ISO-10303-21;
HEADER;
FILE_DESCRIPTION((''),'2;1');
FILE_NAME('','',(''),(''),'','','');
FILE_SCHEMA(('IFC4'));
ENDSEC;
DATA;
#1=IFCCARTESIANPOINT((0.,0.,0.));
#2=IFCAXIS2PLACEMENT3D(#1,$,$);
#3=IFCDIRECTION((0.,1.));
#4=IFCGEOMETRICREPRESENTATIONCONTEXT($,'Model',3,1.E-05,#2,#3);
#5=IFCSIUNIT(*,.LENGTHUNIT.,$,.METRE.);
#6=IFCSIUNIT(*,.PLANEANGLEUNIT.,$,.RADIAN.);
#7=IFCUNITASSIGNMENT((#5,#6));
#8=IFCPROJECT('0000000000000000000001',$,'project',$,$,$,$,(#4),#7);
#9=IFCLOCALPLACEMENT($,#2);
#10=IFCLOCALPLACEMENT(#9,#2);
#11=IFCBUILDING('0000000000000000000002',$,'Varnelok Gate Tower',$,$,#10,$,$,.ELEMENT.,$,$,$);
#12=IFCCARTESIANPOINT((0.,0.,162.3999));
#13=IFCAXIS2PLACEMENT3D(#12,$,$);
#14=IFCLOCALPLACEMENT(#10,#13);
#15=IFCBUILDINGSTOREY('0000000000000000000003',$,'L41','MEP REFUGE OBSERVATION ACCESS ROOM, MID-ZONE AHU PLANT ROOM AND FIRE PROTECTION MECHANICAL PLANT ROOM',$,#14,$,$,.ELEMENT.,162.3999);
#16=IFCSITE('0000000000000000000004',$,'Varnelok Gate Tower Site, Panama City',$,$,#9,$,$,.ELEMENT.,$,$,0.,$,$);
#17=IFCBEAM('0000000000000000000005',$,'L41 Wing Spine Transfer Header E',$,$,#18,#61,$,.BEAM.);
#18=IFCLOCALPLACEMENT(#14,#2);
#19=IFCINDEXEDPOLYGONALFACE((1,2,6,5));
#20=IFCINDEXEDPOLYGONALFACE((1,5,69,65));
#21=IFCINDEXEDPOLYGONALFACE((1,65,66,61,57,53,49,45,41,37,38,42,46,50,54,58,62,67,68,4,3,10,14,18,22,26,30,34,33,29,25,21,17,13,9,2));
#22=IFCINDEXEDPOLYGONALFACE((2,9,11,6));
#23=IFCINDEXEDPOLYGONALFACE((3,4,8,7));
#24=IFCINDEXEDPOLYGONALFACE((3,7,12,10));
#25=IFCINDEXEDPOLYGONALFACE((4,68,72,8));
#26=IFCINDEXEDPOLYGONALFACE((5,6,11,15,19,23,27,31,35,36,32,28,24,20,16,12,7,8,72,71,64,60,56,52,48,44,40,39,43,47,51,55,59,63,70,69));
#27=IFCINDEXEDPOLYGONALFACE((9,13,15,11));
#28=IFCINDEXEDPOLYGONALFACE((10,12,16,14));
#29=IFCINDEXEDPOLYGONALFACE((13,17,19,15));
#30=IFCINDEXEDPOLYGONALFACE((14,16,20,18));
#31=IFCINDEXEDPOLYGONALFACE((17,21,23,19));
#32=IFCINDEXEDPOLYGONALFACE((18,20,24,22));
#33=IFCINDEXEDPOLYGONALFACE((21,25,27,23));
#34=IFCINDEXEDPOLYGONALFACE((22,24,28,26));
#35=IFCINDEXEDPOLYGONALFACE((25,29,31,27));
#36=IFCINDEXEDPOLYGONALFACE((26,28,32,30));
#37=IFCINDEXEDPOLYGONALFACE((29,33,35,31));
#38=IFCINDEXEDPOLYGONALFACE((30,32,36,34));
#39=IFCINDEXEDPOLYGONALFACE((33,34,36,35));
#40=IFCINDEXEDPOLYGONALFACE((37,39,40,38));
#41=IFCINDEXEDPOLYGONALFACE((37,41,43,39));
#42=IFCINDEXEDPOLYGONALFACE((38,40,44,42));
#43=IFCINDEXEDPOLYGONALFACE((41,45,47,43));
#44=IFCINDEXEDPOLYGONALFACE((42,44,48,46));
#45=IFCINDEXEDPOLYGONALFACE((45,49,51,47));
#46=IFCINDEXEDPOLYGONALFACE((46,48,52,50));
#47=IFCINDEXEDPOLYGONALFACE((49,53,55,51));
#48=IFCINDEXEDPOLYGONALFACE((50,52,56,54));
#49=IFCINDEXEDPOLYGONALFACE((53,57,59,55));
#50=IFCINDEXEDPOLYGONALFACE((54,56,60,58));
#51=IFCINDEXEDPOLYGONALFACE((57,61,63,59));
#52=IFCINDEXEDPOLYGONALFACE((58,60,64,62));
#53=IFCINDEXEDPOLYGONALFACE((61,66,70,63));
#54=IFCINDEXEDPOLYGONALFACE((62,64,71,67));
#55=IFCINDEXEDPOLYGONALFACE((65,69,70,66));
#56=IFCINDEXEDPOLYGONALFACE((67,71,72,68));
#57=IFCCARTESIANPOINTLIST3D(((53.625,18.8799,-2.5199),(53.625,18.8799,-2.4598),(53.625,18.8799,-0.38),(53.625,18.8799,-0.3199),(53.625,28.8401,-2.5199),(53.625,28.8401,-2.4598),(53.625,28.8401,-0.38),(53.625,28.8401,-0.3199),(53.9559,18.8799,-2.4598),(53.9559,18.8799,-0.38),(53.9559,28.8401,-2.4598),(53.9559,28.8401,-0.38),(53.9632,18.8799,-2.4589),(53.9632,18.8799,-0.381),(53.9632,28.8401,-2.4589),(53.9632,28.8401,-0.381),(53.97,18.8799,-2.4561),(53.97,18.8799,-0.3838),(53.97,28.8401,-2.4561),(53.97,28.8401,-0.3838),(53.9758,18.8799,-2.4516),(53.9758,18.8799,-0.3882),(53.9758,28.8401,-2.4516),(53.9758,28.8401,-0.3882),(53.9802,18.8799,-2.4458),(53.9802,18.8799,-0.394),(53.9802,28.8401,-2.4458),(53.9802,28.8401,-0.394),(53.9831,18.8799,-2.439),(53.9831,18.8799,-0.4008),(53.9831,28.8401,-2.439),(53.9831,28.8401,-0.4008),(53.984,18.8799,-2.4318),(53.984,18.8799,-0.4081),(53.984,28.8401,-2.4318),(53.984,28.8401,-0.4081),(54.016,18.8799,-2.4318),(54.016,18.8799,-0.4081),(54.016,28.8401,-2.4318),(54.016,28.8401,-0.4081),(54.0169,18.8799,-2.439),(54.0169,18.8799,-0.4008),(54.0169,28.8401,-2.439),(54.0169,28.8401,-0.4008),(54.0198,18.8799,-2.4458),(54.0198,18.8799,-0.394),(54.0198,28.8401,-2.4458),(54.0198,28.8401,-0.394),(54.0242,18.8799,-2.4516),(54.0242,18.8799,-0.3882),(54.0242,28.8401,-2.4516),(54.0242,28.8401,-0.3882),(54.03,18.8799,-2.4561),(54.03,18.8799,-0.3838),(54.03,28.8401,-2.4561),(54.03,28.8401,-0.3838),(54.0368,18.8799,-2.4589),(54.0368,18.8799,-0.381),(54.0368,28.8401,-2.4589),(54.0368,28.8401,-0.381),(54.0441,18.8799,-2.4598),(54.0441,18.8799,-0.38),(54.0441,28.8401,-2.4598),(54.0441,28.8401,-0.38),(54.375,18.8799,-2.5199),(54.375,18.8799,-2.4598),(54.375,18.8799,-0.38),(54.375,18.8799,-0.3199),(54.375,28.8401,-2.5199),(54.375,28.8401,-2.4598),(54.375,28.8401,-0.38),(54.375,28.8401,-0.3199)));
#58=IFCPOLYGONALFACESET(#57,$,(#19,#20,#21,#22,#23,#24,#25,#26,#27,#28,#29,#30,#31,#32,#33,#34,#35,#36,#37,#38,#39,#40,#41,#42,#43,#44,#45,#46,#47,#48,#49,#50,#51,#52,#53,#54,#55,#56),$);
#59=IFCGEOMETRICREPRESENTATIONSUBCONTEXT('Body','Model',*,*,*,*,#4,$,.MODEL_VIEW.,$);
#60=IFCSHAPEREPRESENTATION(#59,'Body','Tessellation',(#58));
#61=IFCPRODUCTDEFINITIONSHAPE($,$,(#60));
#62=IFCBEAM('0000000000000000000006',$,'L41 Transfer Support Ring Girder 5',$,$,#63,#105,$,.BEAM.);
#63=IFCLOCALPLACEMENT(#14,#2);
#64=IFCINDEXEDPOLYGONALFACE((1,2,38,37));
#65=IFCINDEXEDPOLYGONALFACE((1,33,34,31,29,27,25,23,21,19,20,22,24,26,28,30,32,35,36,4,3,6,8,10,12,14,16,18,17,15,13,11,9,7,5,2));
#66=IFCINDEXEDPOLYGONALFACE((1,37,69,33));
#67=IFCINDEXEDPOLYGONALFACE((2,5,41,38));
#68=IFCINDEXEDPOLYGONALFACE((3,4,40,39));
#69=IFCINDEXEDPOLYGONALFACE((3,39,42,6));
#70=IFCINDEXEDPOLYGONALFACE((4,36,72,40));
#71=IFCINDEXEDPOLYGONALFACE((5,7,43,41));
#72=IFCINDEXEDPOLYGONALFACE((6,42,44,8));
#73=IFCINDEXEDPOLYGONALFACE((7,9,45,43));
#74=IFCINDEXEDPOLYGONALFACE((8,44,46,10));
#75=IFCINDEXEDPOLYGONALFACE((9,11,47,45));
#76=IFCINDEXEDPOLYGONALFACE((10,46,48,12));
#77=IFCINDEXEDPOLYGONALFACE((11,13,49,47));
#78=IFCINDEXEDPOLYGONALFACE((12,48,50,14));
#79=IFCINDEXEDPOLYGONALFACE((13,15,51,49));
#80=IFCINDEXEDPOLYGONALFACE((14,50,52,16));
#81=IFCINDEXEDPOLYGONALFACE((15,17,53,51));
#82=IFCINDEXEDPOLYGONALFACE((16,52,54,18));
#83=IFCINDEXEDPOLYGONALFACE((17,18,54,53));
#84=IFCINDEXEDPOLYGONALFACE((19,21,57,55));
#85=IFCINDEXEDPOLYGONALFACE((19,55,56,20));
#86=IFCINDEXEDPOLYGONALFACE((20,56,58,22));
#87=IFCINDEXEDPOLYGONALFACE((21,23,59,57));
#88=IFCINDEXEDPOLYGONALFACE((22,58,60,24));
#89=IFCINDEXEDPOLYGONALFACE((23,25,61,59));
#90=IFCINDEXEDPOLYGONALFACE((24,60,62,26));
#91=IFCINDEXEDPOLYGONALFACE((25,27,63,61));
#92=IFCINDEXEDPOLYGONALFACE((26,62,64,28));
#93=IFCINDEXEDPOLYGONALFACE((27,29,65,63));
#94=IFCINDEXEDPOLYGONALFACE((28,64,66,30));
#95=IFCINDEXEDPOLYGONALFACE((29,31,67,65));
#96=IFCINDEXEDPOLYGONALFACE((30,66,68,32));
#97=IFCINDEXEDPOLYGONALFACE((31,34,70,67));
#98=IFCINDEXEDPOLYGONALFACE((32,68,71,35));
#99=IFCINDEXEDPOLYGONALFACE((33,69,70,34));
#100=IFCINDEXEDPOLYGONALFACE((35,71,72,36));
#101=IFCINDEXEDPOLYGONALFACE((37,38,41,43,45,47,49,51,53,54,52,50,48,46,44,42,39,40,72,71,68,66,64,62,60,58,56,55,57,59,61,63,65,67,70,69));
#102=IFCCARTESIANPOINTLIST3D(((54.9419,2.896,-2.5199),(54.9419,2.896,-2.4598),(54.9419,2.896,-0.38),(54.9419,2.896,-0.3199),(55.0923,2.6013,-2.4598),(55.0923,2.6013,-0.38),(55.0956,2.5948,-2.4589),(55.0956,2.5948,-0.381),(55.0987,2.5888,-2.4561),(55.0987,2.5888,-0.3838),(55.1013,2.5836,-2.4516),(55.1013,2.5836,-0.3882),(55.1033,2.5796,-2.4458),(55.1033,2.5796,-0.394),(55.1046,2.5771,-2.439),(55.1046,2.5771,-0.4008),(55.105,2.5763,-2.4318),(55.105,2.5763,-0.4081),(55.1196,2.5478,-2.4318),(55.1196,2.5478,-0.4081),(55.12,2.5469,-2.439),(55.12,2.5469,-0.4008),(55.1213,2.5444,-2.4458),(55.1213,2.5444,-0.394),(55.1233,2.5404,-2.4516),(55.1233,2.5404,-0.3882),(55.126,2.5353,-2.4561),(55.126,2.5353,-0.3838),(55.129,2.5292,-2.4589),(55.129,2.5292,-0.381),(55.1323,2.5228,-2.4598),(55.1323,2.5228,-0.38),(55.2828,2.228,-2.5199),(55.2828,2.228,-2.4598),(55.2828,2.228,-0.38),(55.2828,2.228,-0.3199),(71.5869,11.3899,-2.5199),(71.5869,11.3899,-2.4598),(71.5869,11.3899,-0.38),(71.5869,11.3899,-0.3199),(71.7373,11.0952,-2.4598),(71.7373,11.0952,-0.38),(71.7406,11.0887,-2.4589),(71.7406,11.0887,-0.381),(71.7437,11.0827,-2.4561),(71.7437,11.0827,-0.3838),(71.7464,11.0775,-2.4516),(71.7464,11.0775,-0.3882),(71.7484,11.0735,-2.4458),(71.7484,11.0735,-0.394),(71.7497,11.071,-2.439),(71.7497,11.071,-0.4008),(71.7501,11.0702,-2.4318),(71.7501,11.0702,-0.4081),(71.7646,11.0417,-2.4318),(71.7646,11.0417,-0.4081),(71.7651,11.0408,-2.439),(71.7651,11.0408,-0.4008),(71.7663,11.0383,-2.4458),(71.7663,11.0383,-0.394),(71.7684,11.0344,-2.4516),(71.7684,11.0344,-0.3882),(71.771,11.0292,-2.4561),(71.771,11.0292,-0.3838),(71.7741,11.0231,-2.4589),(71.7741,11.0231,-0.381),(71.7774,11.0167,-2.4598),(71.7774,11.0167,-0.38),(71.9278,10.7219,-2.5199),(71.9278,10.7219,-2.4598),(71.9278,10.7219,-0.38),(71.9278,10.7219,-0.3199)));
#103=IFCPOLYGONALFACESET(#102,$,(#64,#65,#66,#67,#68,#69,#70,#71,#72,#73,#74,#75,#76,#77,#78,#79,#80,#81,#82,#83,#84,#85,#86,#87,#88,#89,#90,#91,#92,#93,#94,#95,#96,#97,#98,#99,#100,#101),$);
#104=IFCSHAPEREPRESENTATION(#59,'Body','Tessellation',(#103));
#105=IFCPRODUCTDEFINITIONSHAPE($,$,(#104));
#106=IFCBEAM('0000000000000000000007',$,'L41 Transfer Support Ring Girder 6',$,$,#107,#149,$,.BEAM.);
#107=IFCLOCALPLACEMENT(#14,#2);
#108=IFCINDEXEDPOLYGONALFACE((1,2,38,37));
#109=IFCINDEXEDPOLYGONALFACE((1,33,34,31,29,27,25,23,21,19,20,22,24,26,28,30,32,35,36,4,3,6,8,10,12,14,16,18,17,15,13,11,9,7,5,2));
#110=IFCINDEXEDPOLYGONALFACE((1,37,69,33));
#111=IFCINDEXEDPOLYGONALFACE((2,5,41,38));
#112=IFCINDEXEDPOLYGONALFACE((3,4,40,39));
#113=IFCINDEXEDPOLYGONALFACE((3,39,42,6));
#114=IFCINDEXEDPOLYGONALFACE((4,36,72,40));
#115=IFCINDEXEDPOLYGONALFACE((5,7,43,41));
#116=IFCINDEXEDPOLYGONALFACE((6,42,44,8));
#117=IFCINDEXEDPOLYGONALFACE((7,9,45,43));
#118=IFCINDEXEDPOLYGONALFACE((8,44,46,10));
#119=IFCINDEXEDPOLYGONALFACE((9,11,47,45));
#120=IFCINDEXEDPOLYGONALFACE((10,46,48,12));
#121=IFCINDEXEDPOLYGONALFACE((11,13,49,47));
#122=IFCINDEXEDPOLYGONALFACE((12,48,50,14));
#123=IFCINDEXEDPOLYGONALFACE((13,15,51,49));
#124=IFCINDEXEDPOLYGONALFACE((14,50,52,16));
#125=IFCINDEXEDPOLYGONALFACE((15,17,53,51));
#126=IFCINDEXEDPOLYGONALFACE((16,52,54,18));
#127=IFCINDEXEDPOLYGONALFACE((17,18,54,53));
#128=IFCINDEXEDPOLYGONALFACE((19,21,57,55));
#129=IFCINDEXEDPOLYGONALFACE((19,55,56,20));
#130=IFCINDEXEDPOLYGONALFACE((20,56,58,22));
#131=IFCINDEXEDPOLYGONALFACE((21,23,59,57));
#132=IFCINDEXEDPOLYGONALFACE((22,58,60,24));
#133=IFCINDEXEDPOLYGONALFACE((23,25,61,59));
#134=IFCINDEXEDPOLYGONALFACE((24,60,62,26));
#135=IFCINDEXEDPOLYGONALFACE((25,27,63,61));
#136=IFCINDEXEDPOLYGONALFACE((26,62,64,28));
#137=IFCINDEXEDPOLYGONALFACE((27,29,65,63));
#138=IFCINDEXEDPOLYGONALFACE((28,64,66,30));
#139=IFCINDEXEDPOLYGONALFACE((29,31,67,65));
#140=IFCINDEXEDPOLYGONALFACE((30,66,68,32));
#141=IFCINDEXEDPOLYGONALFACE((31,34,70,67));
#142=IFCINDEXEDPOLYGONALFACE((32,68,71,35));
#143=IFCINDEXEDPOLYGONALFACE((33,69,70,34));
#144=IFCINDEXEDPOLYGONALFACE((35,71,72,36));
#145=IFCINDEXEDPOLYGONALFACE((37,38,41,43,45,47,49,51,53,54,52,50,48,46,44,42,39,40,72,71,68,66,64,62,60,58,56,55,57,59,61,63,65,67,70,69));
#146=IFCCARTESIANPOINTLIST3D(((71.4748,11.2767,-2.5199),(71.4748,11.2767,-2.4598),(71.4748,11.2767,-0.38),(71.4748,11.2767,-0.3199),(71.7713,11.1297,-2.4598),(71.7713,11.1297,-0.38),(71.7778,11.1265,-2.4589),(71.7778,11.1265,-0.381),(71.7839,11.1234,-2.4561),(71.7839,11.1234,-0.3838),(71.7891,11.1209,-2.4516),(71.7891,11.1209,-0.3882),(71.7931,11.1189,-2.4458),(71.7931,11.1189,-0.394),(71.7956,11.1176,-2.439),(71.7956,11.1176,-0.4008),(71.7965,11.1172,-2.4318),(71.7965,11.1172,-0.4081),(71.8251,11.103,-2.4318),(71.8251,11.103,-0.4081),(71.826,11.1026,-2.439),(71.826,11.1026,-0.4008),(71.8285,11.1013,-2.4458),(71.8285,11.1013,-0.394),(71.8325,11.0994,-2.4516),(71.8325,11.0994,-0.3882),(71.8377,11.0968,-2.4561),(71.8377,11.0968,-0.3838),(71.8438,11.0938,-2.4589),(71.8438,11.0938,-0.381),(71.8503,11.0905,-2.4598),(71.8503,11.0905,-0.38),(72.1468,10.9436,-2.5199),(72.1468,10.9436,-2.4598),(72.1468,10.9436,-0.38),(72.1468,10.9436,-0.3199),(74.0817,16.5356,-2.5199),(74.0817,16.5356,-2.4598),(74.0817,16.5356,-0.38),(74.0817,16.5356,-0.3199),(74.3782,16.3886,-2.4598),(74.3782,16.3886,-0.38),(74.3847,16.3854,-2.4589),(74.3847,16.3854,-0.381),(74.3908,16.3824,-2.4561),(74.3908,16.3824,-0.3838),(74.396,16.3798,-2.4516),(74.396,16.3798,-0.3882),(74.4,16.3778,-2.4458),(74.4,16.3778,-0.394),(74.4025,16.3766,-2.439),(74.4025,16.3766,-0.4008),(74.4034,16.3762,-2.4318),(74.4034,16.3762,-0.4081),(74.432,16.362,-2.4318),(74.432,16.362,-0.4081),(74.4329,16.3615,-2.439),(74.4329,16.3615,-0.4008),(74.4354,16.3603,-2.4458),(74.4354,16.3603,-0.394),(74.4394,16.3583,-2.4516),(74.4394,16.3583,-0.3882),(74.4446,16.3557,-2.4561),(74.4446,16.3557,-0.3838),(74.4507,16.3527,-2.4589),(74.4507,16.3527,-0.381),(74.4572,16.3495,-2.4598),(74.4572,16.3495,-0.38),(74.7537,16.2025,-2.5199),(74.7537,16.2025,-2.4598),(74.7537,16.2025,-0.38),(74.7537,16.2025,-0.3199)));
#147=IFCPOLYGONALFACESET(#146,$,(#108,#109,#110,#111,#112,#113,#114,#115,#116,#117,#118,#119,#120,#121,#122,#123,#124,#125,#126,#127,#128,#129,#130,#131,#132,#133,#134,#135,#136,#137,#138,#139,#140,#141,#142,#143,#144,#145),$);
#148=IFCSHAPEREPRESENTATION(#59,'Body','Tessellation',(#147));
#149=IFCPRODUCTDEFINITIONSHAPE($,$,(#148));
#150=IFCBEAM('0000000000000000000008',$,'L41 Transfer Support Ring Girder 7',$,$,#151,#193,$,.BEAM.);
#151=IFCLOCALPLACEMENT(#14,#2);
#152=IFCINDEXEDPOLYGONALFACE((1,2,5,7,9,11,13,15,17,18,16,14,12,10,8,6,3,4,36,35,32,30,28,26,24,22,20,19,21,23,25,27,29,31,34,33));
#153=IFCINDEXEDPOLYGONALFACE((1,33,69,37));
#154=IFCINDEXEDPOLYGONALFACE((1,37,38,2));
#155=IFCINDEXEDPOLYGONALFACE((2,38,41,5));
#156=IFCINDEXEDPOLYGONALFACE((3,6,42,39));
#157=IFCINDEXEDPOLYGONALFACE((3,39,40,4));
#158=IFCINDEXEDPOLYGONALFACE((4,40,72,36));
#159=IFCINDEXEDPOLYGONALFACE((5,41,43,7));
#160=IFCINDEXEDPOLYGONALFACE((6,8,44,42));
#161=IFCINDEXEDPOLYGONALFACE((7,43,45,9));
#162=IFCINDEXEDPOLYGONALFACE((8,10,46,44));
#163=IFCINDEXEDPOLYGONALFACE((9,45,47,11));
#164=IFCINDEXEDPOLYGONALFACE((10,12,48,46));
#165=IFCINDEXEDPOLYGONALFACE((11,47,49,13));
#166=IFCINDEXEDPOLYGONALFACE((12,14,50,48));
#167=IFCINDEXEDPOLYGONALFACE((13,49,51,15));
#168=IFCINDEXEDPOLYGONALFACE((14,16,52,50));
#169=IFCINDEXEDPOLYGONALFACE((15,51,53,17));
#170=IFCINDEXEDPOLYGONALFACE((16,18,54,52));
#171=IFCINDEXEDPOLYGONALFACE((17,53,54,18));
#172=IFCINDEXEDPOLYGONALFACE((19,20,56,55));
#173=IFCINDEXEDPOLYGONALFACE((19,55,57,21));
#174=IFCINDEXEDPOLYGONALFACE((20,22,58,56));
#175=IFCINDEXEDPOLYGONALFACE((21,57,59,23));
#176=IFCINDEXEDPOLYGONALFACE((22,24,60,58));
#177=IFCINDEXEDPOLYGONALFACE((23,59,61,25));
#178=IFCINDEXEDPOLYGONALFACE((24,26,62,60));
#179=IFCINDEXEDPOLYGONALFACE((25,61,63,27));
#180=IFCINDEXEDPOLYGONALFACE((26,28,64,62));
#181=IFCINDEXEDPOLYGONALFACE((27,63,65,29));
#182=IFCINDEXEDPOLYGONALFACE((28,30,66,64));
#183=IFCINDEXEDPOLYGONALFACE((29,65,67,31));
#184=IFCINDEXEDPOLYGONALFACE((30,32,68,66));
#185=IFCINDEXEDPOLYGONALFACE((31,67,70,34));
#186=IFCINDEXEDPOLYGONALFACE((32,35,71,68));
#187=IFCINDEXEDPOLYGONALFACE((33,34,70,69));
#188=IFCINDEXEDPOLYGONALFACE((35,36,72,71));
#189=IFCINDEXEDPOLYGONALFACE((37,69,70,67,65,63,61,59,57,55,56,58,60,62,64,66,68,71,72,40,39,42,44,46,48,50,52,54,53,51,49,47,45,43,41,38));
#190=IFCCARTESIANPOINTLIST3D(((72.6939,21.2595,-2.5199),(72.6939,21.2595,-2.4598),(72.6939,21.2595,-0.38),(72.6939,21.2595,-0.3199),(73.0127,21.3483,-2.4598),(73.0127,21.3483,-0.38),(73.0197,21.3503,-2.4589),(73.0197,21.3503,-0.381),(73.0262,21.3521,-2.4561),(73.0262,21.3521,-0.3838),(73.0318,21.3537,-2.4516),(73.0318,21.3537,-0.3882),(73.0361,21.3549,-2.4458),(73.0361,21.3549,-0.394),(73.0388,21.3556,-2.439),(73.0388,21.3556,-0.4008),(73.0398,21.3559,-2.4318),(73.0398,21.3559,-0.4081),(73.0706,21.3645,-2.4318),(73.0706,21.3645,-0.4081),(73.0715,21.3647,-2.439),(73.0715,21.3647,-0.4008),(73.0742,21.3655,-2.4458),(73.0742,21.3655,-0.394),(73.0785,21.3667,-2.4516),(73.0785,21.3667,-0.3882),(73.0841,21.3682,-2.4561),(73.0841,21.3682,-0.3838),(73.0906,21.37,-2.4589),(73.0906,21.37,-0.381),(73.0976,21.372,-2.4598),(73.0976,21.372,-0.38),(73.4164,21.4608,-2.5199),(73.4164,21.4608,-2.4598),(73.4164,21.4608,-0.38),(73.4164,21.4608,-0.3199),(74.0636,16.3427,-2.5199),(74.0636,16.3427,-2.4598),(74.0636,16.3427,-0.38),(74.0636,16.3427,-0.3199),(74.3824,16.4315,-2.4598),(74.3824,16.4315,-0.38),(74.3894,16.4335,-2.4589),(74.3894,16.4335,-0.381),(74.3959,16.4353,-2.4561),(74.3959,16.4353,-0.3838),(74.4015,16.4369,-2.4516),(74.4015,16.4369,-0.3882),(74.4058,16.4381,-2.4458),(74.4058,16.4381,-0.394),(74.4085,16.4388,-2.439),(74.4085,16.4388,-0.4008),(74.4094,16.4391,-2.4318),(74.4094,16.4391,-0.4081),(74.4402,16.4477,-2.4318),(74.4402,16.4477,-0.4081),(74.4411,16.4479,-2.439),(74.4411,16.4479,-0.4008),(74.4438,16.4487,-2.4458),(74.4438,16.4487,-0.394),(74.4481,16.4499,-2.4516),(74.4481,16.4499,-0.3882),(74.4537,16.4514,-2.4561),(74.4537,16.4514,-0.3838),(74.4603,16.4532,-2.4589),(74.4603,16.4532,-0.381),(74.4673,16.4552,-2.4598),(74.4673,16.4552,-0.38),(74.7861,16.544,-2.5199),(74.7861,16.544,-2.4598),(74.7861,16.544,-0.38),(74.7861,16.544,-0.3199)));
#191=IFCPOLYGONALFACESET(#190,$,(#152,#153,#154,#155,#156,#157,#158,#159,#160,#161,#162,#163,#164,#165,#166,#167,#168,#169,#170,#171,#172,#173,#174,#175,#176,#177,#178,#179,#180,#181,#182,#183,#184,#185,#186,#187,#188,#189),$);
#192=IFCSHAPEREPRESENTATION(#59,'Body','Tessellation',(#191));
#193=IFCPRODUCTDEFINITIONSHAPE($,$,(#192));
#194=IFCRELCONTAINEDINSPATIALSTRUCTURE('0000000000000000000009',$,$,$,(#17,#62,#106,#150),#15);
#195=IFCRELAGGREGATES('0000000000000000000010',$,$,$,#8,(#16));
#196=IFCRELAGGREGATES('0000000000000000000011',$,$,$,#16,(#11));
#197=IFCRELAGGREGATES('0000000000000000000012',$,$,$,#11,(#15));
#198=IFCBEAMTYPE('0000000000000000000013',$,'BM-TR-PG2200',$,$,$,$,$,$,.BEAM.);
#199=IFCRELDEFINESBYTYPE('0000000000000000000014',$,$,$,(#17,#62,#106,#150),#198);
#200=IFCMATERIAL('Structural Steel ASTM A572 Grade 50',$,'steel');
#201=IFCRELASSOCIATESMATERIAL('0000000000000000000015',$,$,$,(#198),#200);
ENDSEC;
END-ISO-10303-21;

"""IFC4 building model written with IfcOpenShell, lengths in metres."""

from ifc_helpers import new_model, si_unit, direction, frame, origin, origin_2d, place, context, subcontext, project, spatial, i_section, extrude, material, material_profile, profile_set, type_object, element, save


model = new_model("IFC4")

# Units and contexts
model_context = context("Model", 3, precision=1e-05, world=origin(), true_north=direction((0.0, 1.0)))
body_context = subcontext(model_context, "Body", "Model", "MODEL_VIEW")
ifc_project = project(units=[si_unit("LENGTHUNIT", "METRE"), si_unit("PLANEANGLEUNIT", "RADIAN")], contexts=[model_context])

# Site, building, storey
site_placement = place(None, origin())
site = spatial("IfcSite", under=ifc_project, at=site_placement, Name="Varnelok Gate Tower Site, Panama City", CompositionType="ELEMENT", RefElevation=0.0)
building_placement = place(site_placement, origin())
building = spatial("IfcBuilding", under=site, at=building_placement, Name="Varnelok Gate Tower", CompositionType="ELEMENT")
storey_placement = place(building_placement, frame((0.0, 0.0, 162.3999)))
storey = spatial("IfcBuildingStorey", under=building, at=storey_placement, Name="L41", Description="MEP REFUGE OBSERVATION ACCESS ROOM, MID-ZONE AHU PLANT ROOM AND FIRE PROTECTION MECHANICAL PLANT ROOM", CompositionType="ELEMENT", Elevation=162.3999)

# Beams
ifc_material_1 = material(Name="Structural Steel ASTM A572 Grade 50", Category="steel")
ifc_material_profile_1 = material_profile(ifc_material_1, i_section(OverallWidth=0.75, OverallDepth=2.2, WebThickness=0.032, FlangeThickness=0.0601, FilletRadius=0.0281, at=origin_2d()), Name="PG2200X750")
ifc_profile_set_1 = profile_set([ifc_material_profile_1], Name="Structural Steel ASTM A572 Grade 50")
beam_type_1 = type_object("IfcBeamType", Name="BM-TR-PG2200", PredefinedType="BEAM", material=ifc_profile_set_1)
beam_1_placement = place(storey_placement, frame((54.0, 18.8799, -1.4199), z_axis=(0.0, 1.0, 0.0), x_axis=(-1.0, 0.0, 0.0)))
element("IfcBeam", 1, at=beam_1_placement, inside=storey, type_object=beam_type_1, Name="L41 Wing Spine Transfer Header E", PredefinedType="BEAM", context=body_context, shape_type="SweptSolid", body=[
    extrude(i_section(OverallWidth=0.75, OverallDepth=2.2, WebThickness=0.032, FlangeThickness=0.0601, FilletRadius=0.0281, at=origin_2d()), origin(), (0.0, 0.0, 1.0), 9.9602),
])
beam_2_placement = place(storey_placement, frame((55.1123, 2.562, -1.4199), z_axis=(0.890729, 0.454536, 0.0), x_axis=(-0.454536, 0.890729, 0.0)))
element("IfcBeam", 2, at=beam_2_placement, inside=storey, type_object=beam_type_1, Name="L41 Transfer Support Ring Girder 5", PredefinedType="BEAM", context=body_context, shape_type="SweptSolid", body=[
    extrude(i_section(OverallWidth=0.75, OverallDepth=2.2, WebThickness=0.032, FlangeThickness=0.0601, FilletRadius=0.0281, at=origin_2d()), origin(), (0.0, 0.0, 1.0), 18.687),
])
beam_3_placement = place(storey_placement, frame((71.8108, 11.1101, -1.4199), z_axis=(0.444133, 0.895961, 0.0), x_axis=(-0.895961, 0.444133, 0.0)))
element("IfcBeam", 3, at=beam_3_placement, inside=storey, type_object=beam_type_1, Name="L41 Transfer Support Ring Girder 6", PredefinedType="BEAM", context=body_context, shape_type="SweptSolid", body=[
    extrude(i_section(OverallWidth=0.75, OverallDepth=2.2, WebThickness=0.032, FlangeThickness=0.0601, FilletRadius=0.0281, at=origin_2d()), origin(), (0.0, 0.0, 1.0), 5.8696),
])
beam_4_placement = place(storey_placement, frame((74.4248, 16.4434, -1.4199), z_axis=(-0.268347, 0.963322, 0.0), x_axis=(-0.963322, -0.268347, 0.0)))
element("IfcBeam", 4, at=beam_4_placement, inside=storey, type_object=beam_type_1, Name="L41 Transfer Support Ring Girder 7", PredefinedType="BEAM", context=body_context, shape_type="SweptSolid", body=[
    extrude(i_section(OverallWidth=0.75, OverallDepth=2.2, WebThickness=0.032, FlangeThickness=0.0601, FilletRadius=0.0281, at=origin_2d()), origin(), (0.0, 0.0, 1.0), 5.104),
])

save(model, "model.ifc")
